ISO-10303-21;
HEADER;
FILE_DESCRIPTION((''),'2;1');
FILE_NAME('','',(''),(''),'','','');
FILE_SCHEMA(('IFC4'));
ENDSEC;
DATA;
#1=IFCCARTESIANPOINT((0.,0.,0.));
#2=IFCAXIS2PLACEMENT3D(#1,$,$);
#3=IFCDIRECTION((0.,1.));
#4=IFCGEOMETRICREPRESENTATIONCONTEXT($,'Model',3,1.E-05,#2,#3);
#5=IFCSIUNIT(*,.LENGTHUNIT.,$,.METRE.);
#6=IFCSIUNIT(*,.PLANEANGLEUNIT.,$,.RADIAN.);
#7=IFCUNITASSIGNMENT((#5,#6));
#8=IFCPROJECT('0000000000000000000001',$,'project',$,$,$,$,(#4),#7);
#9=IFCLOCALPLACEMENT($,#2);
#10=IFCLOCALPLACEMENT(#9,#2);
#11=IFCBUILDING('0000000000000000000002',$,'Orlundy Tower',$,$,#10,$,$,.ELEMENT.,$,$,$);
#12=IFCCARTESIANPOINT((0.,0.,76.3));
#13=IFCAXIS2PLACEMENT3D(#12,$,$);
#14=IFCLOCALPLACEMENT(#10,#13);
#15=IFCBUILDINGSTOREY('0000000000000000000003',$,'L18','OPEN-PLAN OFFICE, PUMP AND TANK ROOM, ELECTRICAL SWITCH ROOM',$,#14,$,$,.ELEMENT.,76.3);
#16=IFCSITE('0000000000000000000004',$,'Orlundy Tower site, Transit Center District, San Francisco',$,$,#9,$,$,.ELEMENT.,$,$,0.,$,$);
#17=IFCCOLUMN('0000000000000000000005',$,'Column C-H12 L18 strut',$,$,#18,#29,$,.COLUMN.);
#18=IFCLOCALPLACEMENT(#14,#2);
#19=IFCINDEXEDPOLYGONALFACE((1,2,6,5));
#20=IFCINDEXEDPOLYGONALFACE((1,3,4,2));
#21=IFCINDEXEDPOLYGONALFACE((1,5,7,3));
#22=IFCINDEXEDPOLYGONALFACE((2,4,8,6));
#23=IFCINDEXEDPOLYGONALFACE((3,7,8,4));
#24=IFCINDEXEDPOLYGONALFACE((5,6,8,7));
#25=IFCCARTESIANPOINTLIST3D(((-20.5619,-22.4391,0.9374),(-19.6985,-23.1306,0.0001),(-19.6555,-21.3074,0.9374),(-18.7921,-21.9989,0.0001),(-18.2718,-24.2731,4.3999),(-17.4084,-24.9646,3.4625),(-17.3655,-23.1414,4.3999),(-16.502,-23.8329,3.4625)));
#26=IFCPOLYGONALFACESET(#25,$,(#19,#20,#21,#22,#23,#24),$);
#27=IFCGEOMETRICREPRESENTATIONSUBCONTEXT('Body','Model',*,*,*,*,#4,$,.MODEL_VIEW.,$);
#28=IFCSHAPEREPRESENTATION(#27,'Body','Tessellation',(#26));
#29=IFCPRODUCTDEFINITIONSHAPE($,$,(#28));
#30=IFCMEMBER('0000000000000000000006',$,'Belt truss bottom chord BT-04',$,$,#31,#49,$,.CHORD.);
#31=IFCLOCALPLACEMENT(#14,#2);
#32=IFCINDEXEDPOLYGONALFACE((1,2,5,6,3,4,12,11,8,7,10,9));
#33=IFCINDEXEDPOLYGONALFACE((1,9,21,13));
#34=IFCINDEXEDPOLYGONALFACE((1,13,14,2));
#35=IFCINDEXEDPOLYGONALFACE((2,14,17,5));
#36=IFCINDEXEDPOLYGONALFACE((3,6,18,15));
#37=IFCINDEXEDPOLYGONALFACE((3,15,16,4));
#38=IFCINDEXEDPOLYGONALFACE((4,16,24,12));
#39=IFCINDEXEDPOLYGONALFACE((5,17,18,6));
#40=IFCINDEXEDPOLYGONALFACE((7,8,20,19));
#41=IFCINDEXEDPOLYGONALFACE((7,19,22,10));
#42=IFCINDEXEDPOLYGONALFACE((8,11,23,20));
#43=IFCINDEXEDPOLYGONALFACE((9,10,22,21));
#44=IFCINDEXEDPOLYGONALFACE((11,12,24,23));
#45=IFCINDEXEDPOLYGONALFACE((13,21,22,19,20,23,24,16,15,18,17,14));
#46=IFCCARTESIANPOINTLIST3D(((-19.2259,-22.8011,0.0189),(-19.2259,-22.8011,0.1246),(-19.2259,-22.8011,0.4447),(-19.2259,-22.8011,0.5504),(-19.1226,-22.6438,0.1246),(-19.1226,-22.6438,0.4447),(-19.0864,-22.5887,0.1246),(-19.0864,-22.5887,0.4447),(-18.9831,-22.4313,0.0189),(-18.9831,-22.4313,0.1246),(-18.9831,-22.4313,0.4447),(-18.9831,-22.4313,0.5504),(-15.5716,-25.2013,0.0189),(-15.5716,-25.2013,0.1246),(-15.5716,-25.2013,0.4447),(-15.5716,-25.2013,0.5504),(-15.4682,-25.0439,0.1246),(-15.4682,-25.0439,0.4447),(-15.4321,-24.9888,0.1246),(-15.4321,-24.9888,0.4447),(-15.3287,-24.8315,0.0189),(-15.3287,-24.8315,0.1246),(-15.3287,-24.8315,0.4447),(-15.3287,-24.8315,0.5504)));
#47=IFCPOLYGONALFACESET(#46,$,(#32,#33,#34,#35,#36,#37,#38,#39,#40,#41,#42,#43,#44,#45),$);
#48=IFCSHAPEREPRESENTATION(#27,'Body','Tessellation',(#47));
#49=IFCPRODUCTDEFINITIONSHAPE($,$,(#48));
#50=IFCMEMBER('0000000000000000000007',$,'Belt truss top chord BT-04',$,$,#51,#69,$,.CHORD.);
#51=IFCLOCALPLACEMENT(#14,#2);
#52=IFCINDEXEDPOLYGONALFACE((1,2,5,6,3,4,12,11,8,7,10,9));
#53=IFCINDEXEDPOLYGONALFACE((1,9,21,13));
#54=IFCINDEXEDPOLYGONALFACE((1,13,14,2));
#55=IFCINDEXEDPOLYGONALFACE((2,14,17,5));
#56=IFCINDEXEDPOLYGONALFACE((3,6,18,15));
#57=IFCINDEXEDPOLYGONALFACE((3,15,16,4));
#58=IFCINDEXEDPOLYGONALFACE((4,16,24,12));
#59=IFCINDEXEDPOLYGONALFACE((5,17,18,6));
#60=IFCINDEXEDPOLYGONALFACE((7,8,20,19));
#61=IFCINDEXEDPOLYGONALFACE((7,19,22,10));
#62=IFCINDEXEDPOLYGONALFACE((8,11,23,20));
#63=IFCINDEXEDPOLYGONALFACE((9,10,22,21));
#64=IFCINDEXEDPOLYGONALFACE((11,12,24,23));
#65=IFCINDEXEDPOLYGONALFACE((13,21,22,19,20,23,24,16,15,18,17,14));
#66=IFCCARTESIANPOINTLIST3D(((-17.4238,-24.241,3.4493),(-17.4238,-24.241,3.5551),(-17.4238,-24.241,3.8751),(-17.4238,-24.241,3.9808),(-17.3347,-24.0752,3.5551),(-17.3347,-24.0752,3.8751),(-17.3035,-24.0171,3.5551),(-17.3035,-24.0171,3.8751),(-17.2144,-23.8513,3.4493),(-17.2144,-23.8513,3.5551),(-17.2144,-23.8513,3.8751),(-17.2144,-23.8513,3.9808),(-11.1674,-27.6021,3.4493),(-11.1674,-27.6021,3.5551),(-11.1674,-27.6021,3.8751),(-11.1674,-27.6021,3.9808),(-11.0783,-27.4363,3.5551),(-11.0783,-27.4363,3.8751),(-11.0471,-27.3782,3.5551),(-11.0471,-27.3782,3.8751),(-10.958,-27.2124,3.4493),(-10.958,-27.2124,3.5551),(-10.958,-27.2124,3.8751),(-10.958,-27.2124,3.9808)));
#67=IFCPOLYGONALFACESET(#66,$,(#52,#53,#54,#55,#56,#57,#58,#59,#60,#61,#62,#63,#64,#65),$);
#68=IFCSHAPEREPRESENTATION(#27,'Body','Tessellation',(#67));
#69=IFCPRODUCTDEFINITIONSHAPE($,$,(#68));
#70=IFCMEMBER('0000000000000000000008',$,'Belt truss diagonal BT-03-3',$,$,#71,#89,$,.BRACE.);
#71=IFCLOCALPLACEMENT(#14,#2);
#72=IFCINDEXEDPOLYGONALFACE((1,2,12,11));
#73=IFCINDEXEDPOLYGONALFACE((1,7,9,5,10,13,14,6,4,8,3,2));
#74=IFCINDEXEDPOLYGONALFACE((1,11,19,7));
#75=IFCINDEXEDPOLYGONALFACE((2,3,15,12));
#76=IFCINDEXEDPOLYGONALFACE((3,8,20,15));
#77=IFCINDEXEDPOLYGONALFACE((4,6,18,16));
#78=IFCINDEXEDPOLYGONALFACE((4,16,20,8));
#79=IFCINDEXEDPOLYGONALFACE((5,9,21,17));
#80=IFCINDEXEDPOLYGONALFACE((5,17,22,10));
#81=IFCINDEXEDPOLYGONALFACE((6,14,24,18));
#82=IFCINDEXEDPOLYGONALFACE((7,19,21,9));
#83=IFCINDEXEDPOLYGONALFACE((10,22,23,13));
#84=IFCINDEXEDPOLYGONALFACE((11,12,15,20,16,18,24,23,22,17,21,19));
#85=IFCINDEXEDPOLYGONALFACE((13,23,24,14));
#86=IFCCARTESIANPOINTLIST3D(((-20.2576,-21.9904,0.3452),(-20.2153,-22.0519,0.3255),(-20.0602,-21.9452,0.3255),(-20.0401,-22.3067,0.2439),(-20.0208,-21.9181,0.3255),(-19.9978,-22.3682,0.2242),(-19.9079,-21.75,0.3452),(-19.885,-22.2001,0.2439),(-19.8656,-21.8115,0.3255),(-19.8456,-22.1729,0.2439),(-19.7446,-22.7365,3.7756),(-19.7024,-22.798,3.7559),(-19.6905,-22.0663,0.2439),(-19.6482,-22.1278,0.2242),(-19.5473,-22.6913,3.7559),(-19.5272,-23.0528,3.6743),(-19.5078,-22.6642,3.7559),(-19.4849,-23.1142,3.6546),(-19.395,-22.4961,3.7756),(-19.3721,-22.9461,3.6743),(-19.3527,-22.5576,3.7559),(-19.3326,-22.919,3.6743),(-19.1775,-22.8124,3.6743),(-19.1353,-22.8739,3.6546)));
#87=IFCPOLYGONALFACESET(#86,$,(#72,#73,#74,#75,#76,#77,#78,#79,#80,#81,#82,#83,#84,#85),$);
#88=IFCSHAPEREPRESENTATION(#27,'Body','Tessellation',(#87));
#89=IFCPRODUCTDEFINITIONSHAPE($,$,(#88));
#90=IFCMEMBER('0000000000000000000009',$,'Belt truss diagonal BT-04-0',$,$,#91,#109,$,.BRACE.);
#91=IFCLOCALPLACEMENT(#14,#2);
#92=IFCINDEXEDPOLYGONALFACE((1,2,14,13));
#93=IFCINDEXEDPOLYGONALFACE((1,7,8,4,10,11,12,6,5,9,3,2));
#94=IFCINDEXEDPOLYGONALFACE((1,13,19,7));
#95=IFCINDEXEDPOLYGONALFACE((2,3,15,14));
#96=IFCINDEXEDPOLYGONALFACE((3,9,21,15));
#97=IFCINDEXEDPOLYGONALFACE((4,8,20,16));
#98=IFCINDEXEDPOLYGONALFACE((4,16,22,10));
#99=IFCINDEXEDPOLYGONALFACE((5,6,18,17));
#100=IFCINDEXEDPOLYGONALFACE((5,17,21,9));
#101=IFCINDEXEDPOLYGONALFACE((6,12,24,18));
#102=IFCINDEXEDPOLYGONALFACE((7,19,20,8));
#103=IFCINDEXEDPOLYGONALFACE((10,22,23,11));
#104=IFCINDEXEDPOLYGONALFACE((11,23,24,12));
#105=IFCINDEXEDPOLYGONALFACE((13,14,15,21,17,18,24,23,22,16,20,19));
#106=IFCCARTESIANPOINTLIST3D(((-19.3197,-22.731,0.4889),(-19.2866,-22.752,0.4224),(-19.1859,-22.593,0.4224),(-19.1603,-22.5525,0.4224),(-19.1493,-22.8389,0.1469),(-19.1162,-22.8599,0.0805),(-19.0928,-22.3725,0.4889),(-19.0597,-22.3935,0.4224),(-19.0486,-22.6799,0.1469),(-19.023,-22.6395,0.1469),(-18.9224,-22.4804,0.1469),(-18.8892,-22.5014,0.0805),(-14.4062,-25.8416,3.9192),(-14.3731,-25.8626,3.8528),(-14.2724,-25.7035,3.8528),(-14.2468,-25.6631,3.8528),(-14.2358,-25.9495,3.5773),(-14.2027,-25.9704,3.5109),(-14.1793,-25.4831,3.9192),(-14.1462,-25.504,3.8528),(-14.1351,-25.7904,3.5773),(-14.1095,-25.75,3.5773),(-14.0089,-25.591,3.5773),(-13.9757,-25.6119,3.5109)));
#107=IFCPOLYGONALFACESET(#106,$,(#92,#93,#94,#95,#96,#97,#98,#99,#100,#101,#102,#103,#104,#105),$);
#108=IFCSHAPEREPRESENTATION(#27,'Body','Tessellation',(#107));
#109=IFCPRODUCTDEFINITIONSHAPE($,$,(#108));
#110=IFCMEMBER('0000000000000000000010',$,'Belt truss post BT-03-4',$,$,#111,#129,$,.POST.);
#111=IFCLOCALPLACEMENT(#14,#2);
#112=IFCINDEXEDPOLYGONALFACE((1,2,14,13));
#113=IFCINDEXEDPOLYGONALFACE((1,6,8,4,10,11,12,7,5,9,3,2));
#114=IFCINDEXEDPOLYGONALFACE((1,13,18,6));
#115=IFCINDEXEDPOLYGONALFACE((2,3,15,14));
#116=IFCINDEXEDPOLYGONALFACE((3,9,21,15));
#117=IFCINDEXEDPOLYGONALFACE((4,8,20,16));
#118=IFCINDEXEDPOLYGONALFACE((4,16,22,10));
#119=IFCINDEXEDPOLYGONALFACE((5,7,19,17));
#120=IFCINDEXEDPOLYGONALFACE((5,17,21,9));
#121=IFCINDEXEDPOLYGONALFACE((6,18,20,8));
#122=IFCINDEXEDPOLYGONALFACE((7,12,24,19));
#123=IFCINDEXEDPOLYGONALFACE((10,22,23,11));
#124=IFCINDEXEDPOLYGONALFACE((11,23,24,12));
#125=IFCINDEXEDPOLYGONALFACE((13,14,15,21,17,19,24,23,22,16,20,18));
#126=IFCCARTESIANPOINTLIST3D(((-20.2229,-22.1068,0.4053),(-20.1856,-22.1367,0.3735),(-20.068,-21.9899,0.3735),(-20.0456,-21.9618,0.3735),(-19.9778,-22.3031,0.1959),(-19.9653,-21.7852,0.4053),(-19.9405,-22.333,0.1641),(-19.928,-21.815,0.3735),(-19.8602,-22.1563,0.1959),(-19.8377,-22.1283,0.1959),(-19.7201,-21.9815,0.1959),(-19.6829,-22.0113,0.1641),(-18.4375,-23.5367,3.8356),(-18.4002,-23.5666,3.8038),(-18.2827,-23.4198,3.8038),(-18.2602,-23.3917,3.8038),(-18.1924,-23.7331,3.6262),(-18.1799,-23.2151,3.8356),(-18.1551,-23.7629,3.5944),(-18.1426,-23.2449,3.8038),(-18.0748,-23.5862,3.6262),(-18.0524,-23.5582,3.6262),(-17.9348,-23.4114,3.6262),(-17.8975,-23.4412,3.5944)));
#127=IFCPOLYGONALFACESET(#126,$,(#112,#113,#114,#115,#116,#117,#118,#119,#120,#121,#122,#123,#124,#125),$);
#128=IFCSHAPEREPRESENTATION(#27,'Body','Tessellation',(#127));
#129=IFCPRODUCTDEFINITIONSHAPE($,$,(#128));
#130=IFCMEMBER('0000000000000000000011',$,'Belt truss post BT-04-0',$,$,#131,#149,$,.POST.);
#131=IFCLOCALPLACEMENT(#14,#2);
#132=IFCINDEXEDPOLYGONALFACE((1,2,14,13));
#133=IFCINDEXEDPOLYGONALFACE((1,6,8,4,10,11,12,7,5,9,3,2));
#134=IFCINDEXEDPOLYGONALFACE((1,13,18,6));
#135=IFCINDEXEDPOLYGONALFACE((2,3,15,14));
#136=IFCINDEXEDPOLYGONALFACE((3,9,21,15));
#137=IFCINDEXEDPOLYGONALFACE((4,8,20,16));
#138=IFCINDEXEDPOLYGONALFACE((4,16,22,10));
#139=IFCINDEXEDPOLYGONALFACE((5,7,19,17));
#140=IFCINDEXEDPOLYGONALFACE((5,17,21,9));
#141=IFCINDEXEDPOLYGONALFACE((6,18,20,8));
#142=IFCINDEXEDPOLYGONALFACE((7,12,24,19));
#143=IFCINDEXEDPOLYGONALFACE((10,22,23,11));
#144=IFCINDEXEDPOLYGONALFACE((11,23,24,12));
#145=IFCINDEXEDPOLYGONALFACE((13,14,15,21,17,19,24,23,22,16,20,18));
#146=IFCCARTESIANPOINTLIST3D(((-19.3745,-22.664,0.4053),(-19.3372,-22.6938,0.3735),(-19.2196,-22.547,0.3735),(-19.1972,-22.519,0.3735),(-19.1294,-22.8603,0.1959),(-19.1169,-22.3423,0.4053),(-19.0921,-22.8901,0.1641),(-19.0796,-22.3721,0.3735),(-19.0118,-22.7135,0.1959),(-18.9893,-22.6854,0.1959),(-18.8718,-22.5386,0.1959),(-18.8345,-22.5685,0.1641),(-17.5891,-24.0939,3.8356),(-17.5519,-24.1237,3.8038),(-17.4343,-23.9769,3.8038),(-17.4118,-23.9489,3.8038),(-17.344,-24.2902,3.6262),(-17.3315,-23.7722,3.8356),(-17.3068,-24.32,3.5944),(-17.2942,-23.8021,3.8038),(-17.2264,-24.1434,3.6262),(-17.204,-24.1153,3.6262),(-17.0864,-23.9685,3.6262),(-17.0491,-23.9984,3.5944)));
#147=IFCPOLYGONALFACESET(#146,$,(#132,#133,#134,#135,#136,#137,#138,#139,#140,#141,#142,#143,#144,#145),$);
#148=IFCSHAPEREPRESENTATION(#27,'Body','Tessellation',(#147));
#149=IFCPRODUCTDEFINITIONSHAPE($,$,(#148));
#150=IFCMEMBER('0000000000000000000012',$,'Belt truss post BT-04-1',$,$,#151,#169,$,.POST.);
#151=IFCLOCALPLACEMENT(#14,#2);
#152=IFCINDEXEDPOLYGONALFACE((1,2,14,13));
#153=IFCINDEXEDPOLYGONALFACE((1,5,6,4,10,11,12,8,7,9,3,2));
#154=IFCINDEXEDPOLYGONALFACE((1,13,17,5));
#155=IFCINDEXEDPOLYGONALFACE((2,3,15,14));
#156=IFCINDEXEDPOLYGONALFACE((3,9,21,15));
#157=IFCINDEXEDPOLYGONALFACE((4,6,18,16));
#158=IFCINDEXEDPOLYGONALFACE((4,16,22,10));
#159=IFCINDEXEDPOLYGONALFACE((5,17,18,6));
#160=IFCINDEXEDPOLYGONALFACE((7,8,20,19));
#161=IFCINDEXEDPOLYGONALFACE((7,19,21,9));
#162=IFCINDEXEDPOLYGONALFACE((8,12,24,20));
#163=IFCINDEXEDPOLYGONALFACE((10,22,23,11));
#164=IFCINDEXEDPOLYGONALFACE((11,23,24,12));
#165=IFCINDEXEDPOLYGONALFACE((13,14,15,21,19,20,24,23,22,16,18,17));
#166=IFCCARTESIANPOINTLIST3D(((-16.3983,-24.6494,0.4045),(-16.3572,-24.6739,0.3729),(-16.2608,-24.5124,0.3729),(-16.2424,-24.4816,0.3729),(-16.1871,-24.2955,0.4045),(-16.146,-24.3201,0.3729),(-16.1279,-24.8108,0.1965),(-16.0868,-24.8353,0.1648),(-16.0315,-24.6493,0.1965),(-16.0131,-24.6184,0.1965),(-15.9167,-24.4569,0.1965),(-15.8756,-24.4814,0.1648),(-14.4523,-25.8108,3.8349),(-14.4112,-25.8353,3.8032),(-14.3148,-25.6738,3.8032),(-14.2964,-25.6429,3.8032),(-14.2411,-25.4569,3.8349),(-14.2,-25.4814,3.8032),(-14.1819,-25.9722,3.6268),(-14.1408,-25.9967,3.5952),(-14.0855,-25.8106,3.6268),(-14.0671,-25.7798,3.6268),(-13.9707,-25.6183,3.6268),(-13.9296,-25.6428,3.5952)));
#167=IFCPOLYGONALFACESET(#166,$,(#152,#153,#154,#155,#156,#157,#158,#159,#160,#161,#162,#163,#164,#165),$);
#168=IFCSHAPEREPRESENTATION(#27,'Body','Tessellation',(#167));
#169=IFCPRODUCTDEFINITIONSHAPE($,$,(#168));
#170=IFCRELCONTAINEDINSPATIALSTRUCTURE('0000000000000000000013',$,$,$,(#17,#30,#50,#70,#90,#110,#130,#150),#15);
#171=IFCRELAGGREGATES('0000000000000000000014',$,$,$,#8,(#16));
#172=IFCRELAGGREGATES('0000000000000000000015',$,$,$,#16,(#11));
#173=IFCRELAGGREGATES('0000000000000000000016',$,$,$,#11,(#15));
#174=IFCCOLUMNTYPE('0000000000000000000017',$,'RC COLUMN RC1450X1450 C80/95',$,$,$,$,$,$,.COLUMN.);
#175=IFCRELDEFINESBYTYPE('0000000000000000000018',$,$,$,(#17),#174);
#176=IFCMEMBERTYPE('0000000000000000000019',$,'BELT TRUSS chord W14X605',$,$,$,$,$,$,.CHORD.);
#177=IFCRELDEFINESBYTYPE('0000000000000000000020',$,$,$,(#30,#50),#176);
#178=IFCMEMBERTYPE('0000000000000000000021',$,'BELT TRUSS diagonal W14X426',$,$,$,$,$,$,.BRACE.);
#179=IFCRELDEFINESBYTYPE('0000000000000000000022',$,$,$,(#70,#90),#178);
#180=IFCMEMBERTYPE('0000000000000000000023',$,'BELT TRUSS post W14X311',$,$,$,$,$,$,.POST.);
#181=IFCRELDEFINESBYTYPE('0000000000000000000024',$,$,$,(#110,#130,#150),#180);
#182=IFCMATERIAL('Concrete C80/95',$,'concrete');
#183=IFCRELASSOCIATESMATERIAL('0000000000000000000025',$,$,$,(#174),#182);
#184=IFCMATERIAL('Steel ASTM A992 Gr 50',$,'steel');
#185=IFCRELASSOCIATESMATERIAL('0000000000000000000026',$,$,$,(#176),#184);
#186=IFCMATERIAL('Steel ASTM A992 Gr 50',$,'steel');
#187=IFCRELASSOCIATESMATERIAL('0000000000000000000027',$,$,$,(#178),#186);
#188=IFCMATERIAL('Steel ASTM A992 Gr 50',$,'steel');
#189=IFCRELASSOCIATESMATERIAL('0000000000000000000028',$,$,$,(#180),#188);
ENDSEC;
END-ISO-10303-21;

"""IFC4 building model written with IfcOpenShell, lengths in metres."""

from ifc_helpers import new_model, si_unit, direction, frame, origin, origin_2d, place, context, subcontext, project, spatial, rectangle, i_section, extrude, material, material_profile, profile_set, type_object, element, save


model = new_model("IFC4")

# Units and contexts
model_context = context("Model", 3, precision=1e-05, world=origin(), true_north=direction((0.0, 1.0)))
body_context = subcontext(model_context, "Body", "Model", "MODEL_VIEW")
ifc_project = project(units=[si_unit("LENGTHUNIT", "METRE"), si_unit("PLANEANGLEUNIT", "RADIAN")], contexts=[model_context])

# Site, building, storey
site_placement = place(None, origin())
site = spatial("IfcSite", under=ifc_project, at=site_placement, Name="Orlundy Tower site, Transit Center District, San Francisco", CompositionType="ELEMENT", RefElevation=0.0)
building_placement = place(site_placement, origin())
building = spatial("IfcBuilding", under=site, at=building_placement, Name="Orlundy Tower", CompositionType="ELEMENT")
storey_placement = place(building_placement, frame((0.0, 0.0, 76.3)))
storey = spatial("IfcBuildingStorey", under=building, at=storey_placement, Name="L18", Description="OPEN-PLAN OFFICE, PUMP AND TANK ROOM, ELECTRICAL SWITCH ROOM", CompositionType="ELEMENT", Elevation=76.3)

# Column
ifc_material_1 = material(Name="Concrete C80/95", Category="concrete")
ifc_material_profile_1 = material_profile(ifc_material_1, rectangle(XDim=1.45, YDim=1.45, at=origin_2d()), Name="RC1450X1450")
ifc_profile_set_1 = profile_set([ifc_material_profile_1], Name="Concrete C80/95")
column_type = type_object("IfcColumnType", Name="RC COLUMN RC1450X1450 C80/95", PredefinedType="COLUMN", material=ifc_profile_set_1)
column_placement = place(storey_placement, frame((-19.677, -22.219, 0.4688), z_axis=(0.504605, -0.404114, 0.762932), x_axis=(0.625101, 0.780544, 0.0)))
element("IfcColumn", 1, at=column_placement, inside=storey, type_object=column_type, Name="Column C-H12 L18 strut", PredefinedType="COLUMN", context=body_context, shape_type="SweptSolid", body=[
    extrude(rectangle(XDim=1.45, YDim=1.45, at=origin_2d()), origin(), (0.0, 0.0, 1.0), 4.5383),
])

# Members
ifc_material_2 = material(Name="Steel ASTM A992 Gr 50", Category="steel")
ifc_material_profile_2 = material_profile(ifc_material_2, i_section(OverallWidth=0.4424, OverallDepth=0.5315, WebThickness=0.0659, FlangeThickness=0.1057, at=origin_2d()), Name="W14X605")
ifc_profile_set_2 = profile_set([ifc_material_profile_2], Name="Steel ASTM A992 Gr 50")
member_type_1 = type_object("IfcMemberType", Name="BELT TRUSS chord W14X605", PredefinedType="CHORD", material=ifc_profile_set_2)
member_1_placement = place(storey_placement, frame((-19.1045, -22.6162, 0.2847), z_axis=(0.835837, -0.548978, 0.0), x_axis=(0.548978, 0.835837, 0.0)))
element("IfcMember", 2, at=member_1_placement, inside=storey, type_object=member_type_1, Name="Belt truss bottom chord BT-04", PredefinedType="CHORD", context=body_context, shape_type="SweptSolid", body=[
    extrude(i_section(OverallWidth=0.4424, OverallDepth=0.5315, WebThickness=0.0659, FlangeThickness=0.1057, at=origin_2d()), origin(), (0.0, 0.0, 1.0), 4.3721),
])
member_2_placement = place(storey_placement, frame((-17.3191, -24.0461, 3.7151), z_axis=(0.880924, -0.473257, 0.0), x_axis=(0.473257, 0.880924, 0.0)))
element("IfcMember", 3, at=member_2_placement, inside=storey, type_object=member_type_1, Name="Belt truss top chord BT-04", PredefinedType="CHORD", context=body_context, shape_type="SweptSolid", body=[
    extrude(i_section(OverallWidth=0.4424, OverallDepth=0.5315, WebThickness=0.0659, FlangeThickness=0.1057, at=origin_2d()), origin(), (0.0, 0.0, 1.0), 7.1021),
])
ifc_material_3 = material(Name="Steel ASTM A992 Gr 50", Category="steel")
ifc_material_profile_3 = material_profile(ifc_material_3, i_section(OverallWidth=0.4243, OverallDepth=0.4741, WebThickness=0.0479, FlangeThickness=0.0771, at=origin_2d()), Name="W14X426")
ifc_profile_set_3 = profile_set([ifc_material_profile_3], Name="Steel ASTM A992 Gr 50")
member_type_2 = type_object("IfcMemberType", Name="BELT TRUSS diagonal W14X426", PredefinedType="BRACE", material=ifc_profile_set_3)
member_3_placement = place(storey_placement, frame((-19.4399, -22.8052, 3.7151), z_axis=(-0.144576, 0.210292, -0.966889), x_axis=(-0.824042, -0.566529, 0.0)))
element("IfcMember", 4, at=member_3_placement, inside=storey, type_object=member_type_2, Name="Belt truss diagonal BT-03-3", PredefinedType="BRACE", context=body_context, shape_type="SweptSolid", body=[
    extrude(i_section(OverallWidth=0.4243, OverallDepth=0.4741, WebThickness=0.0479, FlangeThickness=0.0771, at=origin_2d()), origin(), (0.0, 0.0, 1.0), 3.5479),
])
member_4_placement = place(storey_placement, frame((-19.1045, -22.6162, 0.2847), z_axis=(0.727743, -0.460706, 0.508075), x_axis=(0.534888, 0.844923, 0.0)))
element("IfcMember", 5, at=member_4_placement, inside=storey, type_object=member_type_2, Name="Belt truss diagonal BT-04-0", PredefinedType="BRACE", context=body_context, shape_type="SweptSolid", body=[
    extrude(i_section(OverallWidth=0.4243, OverallDepth=0.4741, WebThickness=0.0479, FlangeThickness=0.0771, at=origin_2d()), origin(), (0.0, 0.0, 1.0), 6.7517),
])
ifc_material_4 = material(Name="Steel ASTM A992 Gr 50", Category="steel")
ifc_material_profile_4 = material_profile(ifc_material_4, i_section(OverallWidth=0.4121, OverallDepth=0.4348, WebThickness=0.0359, FlangeThickness=0.0574, at=origin_2d()), Name="W14X311")
ifc_profile_set_4 = profile_set([ifc_material_profile_4], Name="Steel ASTM A992 Gr 50")
member_type_3 = type_object("IfcMemberType", Name="BELT TRUSS post W14X311", PredefinedType="POST", material=ifc_profile_set_4)
for number, where, z_axis, x_axis, name in (
    (6, (-19.9529, -22.0591, 0.2847), (0.433021, -0.346808, 0.831996), (0.625124, 0.780525, 0.0), "Belt truss post BT-03-4"),
    (7, (-19.1045, -22.6162, 0.2847), (0.433021, -0.346808, 0.831996), (0.625124, 0.780525, 0.0), "Belt truss post BT-04-0"),
):
    element("IfcMember", number, at=place(storey_placement, frame(where, z_axis=z_axis, x_axis=x_axis)), inside=storey, type_object=member_type_3, Name=name, PredefinedType="POST", context=body_context, shape_type="SweptSolid", body=[
        extrude(i_section(OverallWidth=0.4121, OverallDepth=0.4348, WebThickness=0.0359, FlangeThickness=0.0574, at=origin_2d()), origin(), (0.0, 0.0, 1.0), 4.123),
    ])
member_5_placement = place(storey_placement, frame((-16.137, -24.5654, 0.2847), z_axis=(0.473328, -0.282477, 0.834366), x_axis=(0.512466, 0.858707, 0.0)))
element("IfcMember", 8, at=member_5_placement, inside=storey, type_object=member_type_3, Name="Belt truss post BT-04-1", PredefinedType="POST", context=body_context, shape_type="SweptSolid", body=[
    extrude(i_section(OverallWidth=0.4121, OverallDepth=0.4348, WebThickness=0.0359, FlangeThickness=0.0574, at=origin_2d()), origin(), (0.0, 0.0, 1.0), 4.1113),
])

save(model, "model.ifc")
